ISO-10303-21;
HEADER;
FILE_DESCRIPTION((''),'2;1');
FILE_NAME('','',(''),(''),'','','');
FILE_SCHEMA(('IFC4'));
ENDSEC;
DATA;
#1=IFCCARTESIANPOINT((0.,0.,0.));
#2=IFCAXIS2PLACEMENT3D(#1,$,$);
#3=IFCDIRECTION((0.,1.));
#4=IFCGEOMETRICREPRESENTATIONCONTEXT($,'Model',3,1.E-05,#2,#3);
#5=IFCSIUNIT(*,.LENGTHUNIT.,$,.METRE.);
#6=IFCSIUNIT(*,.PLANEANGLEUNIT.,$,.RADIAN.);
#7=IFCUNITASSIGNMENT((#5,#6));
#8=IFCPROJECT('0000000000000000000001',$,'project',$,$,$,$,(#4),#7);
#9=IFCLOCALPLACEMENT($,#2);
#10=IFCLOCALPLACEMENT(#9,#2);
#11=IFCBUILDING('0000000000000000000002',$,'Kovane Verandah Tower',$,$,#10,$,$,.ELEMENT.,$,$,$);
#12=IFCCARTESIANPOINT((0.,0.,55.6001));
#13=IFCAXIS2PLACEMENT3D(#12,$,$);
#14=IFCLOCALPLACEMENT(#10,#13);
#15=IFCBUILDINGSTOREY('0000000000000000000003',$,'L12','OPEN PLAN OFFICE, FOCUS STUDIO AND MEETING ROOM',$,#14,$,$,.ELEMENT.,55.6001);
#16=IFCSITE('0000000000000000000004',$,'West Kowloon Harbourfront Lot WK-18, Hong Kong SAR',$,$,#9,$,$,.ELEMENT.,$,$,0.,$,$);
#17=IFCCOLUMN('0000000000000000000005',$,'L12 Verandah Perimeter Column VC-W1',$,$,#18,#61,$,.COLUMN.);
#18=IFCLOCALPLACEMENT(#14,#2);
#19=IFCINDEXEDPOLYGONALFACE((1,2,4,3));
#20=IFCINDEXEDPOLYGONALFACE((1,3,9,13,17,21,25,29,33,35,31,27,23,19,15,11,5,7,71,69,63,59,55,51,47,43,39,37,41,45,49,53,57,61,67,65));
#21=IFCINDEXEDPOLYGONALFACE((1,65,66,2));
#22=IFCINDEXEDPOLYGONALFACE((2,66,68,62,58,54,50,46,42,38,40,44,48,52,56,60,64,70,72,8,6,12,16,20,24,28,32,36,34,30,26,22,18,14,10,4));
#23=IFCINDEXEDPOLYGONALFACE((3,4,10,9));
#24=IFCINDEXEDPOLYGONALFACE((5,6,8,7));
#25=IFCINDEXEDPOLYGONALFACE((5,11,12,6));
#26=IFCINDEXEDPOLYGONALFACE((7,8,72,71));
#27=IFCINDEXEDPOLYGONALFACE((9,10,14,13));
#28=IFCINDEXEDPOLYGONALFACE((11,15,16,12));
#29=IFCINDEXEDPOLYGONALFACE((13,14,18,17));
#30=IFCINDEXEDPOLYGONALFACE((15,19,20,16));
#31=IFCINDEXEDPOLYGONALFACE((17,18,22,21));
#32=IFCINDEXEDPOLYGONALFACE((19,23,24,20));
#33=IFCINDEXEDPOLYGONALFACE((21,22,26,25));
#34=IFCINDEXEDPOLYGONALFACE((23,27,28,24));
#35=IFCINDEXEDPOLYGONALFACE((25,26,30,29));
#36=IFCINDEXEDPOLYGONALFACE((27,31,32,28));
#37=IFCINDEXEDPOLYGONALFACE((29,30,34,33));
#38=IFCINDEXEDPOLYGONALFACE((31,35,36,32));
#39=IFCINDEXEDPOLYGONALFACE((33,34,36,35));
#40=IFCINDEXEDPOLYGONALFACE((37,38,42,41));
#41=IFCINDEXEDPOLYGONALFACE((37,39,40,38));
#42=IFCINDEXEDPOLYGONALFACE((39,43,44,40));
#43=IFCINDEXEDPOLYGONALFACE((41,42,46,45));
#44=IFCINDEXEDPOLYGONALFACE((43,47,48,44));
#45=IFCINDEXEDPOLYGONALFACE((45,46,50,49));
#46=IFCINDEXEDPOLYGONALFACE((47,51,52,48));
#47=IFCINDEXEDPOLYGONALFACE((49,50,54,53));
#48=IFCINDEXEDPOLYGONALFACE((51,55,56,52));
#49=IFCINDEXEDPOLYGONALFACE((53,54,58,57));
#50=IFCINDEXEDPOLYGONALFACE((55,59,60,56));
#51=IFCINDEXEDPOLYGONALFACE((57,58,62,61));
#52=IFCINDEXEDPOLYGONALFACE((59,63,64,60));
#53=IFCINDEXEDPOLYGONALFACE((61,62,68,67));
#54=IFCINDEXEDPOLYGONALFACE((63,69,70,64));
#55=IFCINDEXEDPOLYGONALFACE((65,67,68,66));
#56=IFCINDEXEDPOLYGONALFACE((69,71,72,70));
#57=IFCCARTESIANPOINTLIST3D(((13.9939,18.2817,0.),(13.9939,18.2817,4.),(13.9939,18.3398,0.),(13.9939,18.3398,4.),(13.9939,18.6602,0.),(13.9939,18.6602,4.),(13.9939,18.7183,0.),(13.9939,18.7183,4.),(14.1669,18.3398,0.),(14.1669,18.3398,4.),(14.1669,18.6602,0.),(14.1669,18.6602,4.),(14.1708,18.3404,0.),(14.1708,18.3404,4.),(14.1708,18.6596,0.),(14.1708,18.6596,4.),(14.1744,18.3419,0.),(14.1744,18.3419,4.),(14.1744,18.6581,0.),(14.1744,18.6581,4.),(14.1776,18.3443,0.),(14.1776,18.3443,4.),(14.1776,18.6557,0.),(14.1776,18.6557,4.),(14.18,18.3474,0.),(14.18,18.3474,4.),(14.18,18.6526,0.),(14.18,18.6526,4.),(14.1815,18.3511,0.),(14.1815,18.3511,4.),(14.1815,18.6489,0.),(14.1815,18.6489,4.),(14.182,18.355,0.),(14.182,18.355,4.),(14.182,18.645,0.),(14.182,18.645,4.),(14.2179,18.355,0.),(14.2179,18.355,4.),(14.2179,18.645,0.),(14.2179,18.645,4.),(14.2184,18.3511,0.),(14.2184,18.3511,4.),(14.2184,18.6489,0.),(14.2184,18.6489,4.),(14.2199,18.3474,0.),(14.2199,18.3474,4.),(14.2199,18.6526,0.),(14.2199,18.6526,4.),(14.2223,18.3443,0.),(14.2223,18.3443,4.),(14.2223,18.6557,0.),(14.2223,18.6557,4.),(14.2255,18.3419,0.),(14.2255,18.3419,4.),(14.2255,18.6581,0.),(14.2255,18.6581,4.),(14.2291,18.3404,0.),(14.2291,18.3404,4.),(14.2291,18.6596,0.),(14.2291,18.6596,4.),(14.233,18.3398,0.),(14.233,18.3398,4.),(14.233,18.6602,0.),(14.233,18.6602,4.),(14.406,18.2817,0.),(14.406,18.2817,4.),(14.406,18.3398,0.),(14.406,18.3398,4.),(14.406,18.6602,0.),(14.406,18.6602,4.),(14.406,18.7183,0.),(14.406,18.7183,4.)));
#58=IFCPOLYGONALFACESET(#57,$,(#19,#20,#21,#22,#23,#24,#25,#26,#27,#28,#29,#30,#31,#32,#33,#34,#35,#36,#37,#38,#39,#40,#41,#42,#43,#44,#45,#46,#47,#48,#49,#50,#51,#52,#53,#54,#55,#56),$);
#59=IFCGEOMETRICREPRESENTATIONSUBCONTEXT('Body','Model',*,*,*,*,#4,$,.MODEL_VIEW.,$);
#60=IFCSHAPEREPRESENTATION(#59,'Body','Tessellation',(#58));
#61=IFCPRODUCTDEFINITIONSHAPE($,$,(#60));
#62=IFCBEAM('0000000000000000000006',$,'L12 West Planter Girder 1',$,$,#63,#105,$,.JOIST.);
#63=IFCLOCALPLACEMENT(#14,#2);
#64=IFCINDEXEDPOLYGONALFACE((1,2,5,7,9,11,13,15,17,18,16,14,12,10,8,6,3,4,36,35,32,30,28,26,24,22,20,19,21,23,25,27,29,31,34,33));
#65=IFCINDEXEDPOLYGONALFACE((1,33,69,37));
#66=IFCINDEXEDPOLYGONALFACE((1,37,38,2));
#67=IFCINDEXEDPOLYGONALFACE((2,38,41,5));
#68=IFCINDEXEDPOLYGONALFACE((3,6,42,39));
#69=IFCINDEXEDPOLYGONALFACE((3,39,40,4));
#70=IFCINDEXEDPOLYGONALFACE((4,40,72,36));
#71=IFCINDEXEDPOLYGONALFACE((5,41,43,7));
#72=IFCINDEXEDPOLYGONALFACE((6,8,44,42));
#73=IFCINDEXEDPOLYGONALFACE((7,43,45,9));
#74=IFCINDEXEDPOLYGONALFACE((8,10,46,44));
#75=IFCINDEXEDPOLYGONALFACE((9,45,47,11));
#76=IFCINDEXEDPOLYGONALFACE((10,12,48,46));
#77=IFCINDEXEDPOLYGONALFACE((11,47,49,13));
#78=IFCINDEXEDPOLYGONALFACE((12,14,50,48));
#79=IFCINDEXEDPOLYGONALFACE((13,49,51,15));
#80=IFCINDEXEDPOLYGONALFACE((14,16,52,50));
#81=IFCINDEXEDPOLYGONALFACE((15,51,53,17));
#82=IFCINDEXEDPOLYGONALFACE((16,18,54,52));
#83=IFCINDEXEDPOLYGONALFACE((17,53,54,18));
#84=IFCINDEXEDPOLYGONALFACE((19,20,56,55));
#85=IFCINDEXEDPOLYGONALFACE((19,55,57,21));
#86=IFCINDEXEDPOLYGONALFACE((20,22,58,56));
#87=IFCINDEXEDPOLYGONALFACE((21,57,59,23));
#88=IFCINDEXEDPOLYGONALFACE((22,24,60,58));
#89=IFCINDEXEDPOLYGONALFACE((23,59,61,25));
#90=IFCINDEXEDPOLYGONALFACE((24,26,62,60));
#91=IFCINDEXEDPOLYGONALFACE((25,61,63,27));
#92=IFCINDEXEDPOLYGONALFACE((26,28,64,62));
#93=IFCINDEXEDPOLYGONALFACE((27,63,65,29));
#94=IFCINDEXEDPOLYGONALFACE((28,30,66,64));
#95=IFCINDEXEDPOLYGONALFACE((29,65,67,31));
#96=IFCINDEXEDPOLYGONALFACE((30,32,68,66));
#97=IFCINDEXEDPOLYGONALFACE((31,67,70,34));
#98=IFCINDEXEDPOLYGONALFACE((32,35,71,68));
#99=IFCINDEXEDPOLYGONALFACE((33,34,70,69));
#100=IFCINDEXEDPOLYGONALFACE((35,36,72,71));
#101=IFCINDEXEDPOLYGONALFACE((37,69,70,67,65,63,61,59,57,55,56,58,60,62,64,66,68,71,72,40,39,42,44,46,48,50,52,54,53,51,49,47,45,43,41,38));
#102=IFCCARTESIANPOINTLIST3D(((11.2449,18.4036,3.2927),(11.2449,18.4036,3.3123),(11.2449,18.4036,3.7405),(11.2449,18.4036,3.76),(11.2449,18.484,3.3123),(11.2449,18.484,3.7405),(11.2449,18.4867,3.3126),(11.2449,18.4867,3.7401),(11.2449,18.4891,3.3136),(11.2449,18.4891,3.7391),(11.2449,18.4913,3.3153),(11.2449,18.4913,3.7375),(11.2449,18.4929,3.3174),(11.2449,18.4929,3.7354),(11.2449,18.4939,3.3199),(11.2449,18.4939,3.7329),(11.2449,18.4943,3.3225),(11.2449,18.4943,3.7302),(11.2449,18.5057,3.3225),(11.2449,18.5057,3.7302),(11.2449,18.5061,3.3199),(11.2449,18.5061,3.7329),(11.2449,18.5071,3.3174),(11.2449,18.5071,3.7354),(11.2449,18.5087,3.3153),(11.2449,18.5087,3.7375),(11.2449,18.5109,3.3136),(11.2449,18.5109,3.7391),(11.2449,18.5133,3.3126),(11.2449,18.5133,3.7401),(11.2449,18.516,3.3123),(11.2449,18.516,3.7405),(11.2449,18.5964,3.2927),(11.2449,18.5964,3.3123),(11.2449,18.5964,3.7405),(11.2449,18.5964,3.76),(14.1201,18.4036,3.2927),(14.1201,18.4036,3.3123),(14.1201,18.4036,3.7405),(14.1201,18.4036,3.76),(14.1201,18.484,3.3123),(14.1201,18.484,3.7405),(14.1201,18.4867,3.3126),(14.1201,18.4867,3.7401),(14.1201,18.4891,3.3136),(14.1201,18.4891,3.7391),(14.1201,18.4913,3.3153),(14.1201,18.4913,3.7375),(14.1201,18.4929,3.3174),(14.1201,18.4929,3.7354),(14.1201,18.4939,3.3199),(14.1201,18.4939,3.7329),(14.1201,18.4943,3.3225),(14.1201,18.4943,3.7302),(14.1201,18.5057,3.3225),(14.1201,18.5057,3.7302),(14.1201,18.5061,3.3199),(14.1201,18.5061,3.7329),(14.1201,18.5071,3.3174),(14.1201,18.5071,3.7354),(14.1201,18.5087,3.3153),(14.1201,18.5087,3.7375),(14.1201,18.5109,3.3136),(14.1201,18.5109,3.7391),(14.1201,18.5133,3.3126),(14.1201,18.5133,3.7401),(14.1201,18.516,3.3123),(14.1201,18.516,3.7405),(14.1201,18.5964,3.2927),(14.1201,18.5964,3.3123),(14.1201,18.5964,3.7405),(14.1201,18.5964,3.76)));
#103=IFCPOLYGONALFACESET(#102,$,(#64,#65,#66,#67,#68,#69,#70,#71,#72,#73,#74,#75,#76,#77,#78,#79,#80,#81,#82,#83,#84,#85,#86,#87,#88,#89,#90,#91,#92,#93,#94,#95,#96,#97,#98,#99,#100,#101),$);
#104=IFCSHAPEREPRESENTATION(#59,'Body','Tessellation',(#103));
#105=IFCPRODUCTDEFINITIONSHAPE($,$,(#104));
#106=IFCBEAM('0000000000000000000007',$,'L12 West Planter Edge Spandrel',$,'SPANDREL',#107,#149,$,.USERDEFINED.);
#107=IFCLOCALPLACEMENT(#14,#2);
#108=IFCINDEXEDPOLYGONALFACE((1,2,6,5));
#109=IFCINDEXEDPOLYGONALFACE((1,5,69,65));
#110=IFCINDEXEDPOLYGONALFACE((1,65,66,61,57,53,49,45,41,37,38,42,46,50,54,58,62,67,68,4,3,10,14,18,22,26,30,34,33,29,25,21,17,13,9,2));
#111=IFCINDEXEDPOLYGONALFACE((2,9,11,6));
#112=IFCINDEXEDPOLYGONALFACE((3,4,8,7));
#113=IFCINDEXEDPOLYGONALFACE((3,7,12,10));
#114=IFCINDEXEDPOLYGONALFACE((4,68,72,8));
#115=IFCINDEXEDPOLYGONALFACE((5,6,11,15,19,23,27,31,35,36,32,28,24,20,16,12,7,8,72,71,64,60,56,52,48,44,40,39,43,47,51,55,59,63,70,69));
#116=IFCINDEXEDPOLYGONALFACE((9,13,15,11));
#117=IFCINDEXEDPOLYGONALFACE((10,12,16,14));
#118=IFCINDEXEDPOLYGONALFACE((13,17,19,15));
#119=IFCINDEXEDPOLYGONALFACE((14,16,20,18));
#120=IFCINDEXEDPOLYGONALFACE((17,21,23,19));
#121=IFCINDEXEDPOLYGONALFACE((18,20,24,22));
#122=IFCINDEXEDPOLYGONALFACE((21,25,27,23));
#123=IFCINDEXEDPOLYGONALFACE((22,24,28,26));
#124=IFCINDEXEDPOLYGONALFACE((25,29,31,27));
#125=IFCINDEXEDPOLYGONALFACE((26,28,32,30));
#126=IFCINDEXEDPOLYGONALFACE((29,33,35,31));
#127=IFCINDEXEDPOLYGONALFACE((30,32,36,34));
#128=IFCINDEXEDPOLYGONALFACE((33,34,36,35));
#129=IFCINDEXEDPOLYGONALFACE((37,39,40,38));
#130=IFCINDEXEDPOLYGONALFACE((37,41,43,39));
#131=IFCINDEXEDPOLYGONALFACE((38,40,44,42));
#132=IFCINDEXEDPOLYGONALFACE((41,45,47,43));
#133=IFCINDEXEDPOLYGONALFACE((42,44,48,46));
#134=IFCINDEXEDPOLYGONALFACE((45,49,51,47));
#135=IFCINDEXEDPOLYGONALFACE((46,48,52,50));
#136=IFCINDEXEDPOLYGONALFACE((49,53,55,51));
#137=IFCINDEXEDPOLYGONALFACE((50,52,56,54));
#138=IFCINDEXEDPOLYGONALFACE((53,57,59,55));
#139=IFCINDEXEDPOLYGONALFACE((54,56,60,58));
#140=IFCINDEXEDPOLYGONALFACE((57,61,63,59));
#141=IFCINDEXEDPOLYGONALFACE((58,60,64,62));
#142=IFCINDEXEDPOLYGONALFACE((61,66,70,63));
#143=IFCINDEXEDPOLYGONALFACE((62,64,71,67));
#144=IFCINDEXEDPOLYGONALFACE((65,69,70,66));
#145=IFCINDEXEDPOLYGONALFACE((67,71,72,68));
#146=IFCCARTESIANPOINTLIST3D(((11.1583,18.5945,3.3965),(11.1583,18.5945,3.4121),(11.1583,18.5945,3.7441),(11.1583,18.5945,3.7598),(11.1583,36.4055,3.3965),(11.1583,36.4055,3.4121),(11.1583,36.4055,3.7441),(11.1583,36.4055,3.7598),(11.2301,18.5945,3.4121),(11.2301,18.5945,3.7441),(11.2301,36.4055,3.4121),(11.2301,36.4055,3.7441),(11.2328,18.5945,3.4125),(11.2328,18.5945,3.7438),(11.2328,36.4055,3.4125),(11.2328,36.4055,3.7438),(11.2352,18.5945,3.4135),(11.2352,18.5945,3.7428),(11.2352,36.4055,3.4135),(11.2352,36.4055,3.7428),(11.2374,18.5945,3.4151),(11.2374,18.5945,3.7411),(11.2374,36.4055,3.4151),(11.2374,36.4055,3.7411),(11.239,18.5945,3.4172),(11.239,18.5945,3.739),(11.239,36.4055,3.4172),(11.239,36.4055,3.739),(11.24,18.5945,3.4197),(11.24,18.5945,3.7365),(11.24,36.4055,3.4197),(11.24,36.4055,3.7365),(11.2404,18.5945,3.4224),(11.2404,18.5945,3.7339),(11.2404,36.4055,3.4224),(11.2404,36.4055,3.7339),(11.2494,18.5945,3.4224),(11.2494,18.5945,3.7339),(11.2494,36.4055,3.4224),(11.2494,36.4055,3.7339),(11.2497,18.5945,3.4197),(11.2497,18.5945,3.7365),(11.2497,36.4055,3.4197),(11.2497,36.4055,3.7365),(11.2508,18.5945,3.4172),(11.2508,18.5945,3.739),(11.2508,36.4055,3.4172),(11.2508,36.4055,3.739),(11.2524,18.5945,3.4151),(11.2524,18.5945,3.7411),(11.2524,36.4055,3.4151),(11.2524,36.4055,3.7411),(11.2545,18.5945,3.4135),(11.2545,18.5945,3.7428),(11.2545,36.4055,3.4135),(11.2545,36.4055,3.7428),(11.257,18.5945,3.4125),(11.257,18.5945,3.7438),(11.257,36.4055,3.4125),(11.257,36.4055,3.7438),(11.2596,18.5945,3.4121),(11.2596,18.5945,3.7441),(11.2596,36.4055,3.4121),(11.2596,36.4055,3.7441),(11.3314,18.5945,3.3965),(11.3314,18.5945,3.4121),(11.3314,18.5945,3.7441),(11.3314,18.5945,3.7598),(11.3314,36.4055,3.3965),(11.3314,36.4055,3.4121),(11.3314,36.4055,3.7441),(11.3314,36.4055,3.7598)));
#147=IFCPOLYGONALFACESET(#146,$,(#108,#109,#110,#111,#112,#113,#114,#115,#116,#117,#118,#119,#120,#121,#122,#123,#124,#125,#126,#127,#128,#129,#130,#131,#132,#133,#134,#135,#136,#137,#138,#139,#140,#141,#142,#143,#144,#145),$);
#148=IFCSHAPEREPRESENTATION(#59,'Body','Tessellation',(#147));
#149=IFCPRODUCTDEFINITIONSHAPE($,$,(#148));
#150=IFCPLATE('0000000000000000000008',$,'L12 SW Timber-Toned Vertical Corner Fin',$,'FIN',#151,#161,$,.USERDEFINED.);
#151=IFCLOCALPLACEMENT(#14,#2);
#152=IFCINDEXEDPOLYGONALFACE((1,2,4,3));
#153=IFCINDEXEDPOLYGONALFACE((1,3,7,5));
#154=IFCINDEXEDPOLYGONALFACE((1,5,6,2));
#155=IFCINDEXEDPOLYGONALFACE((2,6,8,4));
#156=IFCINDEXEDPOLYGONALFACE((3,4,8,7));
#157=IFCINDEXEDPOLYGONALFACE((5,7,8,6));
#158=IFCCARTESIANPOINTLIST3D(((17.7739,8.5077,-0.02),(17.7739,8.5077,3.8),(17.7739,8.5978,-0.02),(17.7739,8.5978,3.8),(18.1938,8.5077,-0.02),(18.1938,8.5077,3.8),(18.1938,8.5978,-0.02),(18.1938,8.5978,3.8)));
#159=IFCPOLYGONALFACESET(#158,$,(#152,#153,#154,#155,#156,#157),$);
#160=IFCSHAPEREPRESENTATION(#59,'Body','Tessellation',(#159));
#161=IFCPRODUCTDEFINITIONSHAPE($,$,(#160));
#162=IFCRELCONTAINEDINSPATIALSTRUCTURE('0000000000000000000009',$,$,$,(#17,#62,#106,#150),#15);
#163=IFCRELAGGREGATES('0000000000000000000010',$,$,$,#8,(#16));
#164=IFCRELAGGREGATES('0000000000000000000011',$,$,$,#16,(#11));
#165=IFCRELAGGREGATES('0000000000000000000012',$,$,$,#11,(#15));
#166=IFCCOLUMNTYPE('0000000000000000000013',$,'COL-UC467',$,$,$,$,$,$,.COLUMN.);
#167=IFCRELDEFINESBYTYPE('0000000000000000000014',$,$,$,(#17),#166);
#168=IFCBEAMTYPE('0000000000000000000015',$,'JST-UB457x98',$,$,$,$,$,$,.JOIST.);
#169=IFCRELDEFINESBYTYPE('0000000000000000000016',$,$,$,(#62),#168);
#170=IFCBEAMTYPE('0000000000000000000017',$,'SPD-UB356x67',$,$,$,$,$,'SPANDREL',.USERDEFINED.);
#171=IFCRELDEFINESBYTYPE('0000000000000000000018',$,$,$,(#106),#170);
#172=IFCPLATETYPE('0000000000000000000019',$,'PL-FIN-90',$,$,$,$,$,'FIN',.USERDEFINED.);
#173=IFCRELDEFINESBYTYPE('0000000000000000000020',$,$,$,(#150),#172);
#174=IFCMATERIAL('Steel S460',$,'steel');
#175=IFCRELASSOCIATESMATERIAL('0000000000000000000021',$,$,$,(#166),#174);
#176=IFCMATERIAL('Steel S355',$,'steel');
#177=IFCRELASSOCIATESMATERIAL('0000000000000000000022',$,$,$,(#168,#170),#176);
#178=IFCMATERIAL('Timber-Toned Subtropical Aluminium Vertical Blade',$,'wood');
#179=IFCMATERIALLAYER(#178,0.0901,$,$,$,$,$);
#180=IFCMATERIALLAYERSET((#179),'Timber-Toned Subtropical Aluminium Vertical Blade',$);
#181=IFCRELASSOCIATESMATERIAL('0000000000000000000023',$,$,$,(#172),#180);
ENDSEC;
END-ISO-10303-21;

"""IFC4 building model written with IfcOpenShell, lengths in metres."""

from ifc_helpers import new_model, si_unit, direction, frame, origin, origin_2d, place, context, subcontext, project, spatial, rectangle, i_section, extrude, material, layer, layer_set, material_profile, profile_set, type_object, element, save


model = new_model("IFC4")

# Units and contexts
model_context = context("Model", 3, precision=1e-05, world=origin(), true_north=direction((0.0, 1.0)))
body_context = subcontext(model_context, "Body", "Model", "MODEL_VIEW")
ifc_project = project(units=[si_unit("LENGTHUNIT", "METRE"), si_unit("PLANEANGLEUNIT", "RADIAN")], contexts=[model_context])

# Site, building, storey
site_placement = place(None, origin())
site = spatial("IfcSite", under=ifc_project, at=site_placement, Name="West Kowloon Harbourfront Lot WK-18, Hong Kong SAR", CompositionType="ELEMENT", RefElevation=0.0)
building_placement = place(site_placement, origin())
building = spatial("IfcBuilding", under=site, at=building_placement, Name="Kovane Verandah Tower", CompositionType="ELEMENT")
storey_placement = place(building_placement, frame((0.0, 0.0, 55.6001)))
storey = spatial("IfcBuildingStorey", under=building, at=storey_placement, Name="L12", Description="OPEN PLAN OFFICE, FOCUS STUDIO AND MEETING ROOM", CompositionType="ELEMENT", Elevation=55.6001)

# Column
ifc_material_1 = material(Name="Steel S460", Category="steel")
ifc_material_profile_1 = material_profile(ifc_material_1, i_section(OverallWidth=0.4121, OverallDepth=0.4365, WebThickness=0.0359, FlangeThickness=0.0581, FilletRadius=0.0151, at=origin_2d()), Name="UC356x406x467")
ifc_profile_set_1 = profile_set([ifc_material_profile_1], Name="Steel S460")
column_type = type_object("IfcColumnType", Name="COL-UC467", PredefinedType="COLUMN", material=ifc_profile_set_1)
column_placement = place(storey_placement, frame((14.2, 18.5, 0.0), z_axis=(0.0, 0.0, 1.0), x_axis=(1.0, 0.0, 0.0)))
element("IfcColumn", 1, at=column_placement, inside=storey, type_object=column_type, Name="L12 Verandah Perimeter Column VC-W1", PredefinedType="COLUMN", context=body_context, shape_type="SweptSolid", body=[
    extrude(i_section(OverallWidth=0.4121, OverallDepth=0.4365, WebThickness=0.0359, FlangeThickness=0.0581, FilletRadius=0.0151, at=origin_2d()), origin(), (0.0, 0.0, 1.0), 4.0),
])

# Beams
ifc_material_2 = material(Name="Steel S355", Category="steel")
ifc_material_profile_2 = material_profile(ifc_material_2, i_section(OverallWidth=0.1929, OverallDepth=0.4673, WebThickness=0.0115, FlangeThickness=0.0195, FilletRadius=0.0103, at=origin_2d()), Name="UB457x191x98")
ifc_profile_set_2 = profile_set([ifc_material_profile_2], Name="Steel S355")
beam_type_1 = type_object("IfcBeamType", Name="JST-UB457x98", PredefinedType="JOIST", material=ifc_profile_set_2)
beam_1_placement = place(storey_placement, frame((14.1201, 18.5, 3.5264), z_axis=(-1.0, 0.0, 0.0), x_axis=(0.0, -1.0, 0.0)))
element("IfcBeam", 2, at=beam_1_placement, inside=storey, type_object=beam_type_1, Name="L12 West Planter Girder 1", PredefinedType="JOIST", context=body_context, shape_type="SweptSolid", body=[
    extrude(i_section(OverallWidth=0.1929, OverallDepth=0.4673, WebThickness=0.0115, FlangeThickness=0.0195, FilletRadius=0.0103, at=origin_2d()), origin(), (0.0, 0.0, 1.0), 2.8752),
])
ifc_material_profile_3 = material_profile(ifc_material_2, i_section(OverallWidth=0.1731, OverallDepth=0.3633, WebThickness=0.009, FlangeThickness=0.0156, FilletRadius=0.0103, at=origin_2d()), Name="UB356x171x67")
ifc_profile_set_3 = profile_set([ifc_material_profile_3], Name="Steel S355")
beam_type_2 = type_object("IfcBeamType", Name="SPD-UB356x67", ElementType="SPANDREL", PredefinedType="USERDEFINED", material=ifc_profile_set_3)
beam_2_placement = place(storey_placement, frame((11.2449, 18.5945, 3.5781), z_axis=(0.0, 1.0, 0.0), x_axis=(-1.0, 0.0, 0.0)))
element("IfcBeam", 3, at=beam_2_placement, inside=storey, type_object=beam_type_2, Name="L12 West Planter Edge Spandrel", ObjectType="SPANDREL", PredefinedType="USERDEFINED", context=body_context, shape_type="SweptSolid", body=[
    extrude(i_section(OverallWidth=0.1731, OverallDepth=0.3633, WebThickness=0.009, FlangeThickness=0.0156, FilletRadius=0.0103, at=origin_2d()), origin(), (0.0, 0.0, 1.0), 17.811),
])

# Plate
ifc_material_3 = material(Name="Timber-Toned Subtropical Aluminium Vertical Blade", Category="wood")
ifc_layer_1 = layer(ifc_material_3, 0.0901)
ifc_layer_set_1 = layer_set([ifc_layer_1], Name="Timber-Toned Subtropical Aluminium Vertical Blade")
plate_type = type_object("IfcPlateType", Name="PL-FIN-90", ElementType="FIN", PredefinedType="USERDEFINED", material=ifc_layer_set_1)
plate_placement = place(storey_placement, frame((17.9839, 8.5527, -0.02), z_axis=(0.0, 0.0, 1.0), x_axis=(1.0, 0.0, 0.0)))
element("IfcPlate", 4, at=plate_placement, inside=storey, type_object=plate_type, Name="L12 SW Timber-Toned Vertical Corner Fin", ObjectType="FIN", PredefinedType="USERDEFINED", context=body_context, shape_type="SweptSolid", body=[
    extrude(rectangle(XDim=0.4199, YDim=0.0901, at=origin_2d()), origin(), (0.0, 0.0, 1.0), 3.8201),
])

save(model, "model.ifc")
